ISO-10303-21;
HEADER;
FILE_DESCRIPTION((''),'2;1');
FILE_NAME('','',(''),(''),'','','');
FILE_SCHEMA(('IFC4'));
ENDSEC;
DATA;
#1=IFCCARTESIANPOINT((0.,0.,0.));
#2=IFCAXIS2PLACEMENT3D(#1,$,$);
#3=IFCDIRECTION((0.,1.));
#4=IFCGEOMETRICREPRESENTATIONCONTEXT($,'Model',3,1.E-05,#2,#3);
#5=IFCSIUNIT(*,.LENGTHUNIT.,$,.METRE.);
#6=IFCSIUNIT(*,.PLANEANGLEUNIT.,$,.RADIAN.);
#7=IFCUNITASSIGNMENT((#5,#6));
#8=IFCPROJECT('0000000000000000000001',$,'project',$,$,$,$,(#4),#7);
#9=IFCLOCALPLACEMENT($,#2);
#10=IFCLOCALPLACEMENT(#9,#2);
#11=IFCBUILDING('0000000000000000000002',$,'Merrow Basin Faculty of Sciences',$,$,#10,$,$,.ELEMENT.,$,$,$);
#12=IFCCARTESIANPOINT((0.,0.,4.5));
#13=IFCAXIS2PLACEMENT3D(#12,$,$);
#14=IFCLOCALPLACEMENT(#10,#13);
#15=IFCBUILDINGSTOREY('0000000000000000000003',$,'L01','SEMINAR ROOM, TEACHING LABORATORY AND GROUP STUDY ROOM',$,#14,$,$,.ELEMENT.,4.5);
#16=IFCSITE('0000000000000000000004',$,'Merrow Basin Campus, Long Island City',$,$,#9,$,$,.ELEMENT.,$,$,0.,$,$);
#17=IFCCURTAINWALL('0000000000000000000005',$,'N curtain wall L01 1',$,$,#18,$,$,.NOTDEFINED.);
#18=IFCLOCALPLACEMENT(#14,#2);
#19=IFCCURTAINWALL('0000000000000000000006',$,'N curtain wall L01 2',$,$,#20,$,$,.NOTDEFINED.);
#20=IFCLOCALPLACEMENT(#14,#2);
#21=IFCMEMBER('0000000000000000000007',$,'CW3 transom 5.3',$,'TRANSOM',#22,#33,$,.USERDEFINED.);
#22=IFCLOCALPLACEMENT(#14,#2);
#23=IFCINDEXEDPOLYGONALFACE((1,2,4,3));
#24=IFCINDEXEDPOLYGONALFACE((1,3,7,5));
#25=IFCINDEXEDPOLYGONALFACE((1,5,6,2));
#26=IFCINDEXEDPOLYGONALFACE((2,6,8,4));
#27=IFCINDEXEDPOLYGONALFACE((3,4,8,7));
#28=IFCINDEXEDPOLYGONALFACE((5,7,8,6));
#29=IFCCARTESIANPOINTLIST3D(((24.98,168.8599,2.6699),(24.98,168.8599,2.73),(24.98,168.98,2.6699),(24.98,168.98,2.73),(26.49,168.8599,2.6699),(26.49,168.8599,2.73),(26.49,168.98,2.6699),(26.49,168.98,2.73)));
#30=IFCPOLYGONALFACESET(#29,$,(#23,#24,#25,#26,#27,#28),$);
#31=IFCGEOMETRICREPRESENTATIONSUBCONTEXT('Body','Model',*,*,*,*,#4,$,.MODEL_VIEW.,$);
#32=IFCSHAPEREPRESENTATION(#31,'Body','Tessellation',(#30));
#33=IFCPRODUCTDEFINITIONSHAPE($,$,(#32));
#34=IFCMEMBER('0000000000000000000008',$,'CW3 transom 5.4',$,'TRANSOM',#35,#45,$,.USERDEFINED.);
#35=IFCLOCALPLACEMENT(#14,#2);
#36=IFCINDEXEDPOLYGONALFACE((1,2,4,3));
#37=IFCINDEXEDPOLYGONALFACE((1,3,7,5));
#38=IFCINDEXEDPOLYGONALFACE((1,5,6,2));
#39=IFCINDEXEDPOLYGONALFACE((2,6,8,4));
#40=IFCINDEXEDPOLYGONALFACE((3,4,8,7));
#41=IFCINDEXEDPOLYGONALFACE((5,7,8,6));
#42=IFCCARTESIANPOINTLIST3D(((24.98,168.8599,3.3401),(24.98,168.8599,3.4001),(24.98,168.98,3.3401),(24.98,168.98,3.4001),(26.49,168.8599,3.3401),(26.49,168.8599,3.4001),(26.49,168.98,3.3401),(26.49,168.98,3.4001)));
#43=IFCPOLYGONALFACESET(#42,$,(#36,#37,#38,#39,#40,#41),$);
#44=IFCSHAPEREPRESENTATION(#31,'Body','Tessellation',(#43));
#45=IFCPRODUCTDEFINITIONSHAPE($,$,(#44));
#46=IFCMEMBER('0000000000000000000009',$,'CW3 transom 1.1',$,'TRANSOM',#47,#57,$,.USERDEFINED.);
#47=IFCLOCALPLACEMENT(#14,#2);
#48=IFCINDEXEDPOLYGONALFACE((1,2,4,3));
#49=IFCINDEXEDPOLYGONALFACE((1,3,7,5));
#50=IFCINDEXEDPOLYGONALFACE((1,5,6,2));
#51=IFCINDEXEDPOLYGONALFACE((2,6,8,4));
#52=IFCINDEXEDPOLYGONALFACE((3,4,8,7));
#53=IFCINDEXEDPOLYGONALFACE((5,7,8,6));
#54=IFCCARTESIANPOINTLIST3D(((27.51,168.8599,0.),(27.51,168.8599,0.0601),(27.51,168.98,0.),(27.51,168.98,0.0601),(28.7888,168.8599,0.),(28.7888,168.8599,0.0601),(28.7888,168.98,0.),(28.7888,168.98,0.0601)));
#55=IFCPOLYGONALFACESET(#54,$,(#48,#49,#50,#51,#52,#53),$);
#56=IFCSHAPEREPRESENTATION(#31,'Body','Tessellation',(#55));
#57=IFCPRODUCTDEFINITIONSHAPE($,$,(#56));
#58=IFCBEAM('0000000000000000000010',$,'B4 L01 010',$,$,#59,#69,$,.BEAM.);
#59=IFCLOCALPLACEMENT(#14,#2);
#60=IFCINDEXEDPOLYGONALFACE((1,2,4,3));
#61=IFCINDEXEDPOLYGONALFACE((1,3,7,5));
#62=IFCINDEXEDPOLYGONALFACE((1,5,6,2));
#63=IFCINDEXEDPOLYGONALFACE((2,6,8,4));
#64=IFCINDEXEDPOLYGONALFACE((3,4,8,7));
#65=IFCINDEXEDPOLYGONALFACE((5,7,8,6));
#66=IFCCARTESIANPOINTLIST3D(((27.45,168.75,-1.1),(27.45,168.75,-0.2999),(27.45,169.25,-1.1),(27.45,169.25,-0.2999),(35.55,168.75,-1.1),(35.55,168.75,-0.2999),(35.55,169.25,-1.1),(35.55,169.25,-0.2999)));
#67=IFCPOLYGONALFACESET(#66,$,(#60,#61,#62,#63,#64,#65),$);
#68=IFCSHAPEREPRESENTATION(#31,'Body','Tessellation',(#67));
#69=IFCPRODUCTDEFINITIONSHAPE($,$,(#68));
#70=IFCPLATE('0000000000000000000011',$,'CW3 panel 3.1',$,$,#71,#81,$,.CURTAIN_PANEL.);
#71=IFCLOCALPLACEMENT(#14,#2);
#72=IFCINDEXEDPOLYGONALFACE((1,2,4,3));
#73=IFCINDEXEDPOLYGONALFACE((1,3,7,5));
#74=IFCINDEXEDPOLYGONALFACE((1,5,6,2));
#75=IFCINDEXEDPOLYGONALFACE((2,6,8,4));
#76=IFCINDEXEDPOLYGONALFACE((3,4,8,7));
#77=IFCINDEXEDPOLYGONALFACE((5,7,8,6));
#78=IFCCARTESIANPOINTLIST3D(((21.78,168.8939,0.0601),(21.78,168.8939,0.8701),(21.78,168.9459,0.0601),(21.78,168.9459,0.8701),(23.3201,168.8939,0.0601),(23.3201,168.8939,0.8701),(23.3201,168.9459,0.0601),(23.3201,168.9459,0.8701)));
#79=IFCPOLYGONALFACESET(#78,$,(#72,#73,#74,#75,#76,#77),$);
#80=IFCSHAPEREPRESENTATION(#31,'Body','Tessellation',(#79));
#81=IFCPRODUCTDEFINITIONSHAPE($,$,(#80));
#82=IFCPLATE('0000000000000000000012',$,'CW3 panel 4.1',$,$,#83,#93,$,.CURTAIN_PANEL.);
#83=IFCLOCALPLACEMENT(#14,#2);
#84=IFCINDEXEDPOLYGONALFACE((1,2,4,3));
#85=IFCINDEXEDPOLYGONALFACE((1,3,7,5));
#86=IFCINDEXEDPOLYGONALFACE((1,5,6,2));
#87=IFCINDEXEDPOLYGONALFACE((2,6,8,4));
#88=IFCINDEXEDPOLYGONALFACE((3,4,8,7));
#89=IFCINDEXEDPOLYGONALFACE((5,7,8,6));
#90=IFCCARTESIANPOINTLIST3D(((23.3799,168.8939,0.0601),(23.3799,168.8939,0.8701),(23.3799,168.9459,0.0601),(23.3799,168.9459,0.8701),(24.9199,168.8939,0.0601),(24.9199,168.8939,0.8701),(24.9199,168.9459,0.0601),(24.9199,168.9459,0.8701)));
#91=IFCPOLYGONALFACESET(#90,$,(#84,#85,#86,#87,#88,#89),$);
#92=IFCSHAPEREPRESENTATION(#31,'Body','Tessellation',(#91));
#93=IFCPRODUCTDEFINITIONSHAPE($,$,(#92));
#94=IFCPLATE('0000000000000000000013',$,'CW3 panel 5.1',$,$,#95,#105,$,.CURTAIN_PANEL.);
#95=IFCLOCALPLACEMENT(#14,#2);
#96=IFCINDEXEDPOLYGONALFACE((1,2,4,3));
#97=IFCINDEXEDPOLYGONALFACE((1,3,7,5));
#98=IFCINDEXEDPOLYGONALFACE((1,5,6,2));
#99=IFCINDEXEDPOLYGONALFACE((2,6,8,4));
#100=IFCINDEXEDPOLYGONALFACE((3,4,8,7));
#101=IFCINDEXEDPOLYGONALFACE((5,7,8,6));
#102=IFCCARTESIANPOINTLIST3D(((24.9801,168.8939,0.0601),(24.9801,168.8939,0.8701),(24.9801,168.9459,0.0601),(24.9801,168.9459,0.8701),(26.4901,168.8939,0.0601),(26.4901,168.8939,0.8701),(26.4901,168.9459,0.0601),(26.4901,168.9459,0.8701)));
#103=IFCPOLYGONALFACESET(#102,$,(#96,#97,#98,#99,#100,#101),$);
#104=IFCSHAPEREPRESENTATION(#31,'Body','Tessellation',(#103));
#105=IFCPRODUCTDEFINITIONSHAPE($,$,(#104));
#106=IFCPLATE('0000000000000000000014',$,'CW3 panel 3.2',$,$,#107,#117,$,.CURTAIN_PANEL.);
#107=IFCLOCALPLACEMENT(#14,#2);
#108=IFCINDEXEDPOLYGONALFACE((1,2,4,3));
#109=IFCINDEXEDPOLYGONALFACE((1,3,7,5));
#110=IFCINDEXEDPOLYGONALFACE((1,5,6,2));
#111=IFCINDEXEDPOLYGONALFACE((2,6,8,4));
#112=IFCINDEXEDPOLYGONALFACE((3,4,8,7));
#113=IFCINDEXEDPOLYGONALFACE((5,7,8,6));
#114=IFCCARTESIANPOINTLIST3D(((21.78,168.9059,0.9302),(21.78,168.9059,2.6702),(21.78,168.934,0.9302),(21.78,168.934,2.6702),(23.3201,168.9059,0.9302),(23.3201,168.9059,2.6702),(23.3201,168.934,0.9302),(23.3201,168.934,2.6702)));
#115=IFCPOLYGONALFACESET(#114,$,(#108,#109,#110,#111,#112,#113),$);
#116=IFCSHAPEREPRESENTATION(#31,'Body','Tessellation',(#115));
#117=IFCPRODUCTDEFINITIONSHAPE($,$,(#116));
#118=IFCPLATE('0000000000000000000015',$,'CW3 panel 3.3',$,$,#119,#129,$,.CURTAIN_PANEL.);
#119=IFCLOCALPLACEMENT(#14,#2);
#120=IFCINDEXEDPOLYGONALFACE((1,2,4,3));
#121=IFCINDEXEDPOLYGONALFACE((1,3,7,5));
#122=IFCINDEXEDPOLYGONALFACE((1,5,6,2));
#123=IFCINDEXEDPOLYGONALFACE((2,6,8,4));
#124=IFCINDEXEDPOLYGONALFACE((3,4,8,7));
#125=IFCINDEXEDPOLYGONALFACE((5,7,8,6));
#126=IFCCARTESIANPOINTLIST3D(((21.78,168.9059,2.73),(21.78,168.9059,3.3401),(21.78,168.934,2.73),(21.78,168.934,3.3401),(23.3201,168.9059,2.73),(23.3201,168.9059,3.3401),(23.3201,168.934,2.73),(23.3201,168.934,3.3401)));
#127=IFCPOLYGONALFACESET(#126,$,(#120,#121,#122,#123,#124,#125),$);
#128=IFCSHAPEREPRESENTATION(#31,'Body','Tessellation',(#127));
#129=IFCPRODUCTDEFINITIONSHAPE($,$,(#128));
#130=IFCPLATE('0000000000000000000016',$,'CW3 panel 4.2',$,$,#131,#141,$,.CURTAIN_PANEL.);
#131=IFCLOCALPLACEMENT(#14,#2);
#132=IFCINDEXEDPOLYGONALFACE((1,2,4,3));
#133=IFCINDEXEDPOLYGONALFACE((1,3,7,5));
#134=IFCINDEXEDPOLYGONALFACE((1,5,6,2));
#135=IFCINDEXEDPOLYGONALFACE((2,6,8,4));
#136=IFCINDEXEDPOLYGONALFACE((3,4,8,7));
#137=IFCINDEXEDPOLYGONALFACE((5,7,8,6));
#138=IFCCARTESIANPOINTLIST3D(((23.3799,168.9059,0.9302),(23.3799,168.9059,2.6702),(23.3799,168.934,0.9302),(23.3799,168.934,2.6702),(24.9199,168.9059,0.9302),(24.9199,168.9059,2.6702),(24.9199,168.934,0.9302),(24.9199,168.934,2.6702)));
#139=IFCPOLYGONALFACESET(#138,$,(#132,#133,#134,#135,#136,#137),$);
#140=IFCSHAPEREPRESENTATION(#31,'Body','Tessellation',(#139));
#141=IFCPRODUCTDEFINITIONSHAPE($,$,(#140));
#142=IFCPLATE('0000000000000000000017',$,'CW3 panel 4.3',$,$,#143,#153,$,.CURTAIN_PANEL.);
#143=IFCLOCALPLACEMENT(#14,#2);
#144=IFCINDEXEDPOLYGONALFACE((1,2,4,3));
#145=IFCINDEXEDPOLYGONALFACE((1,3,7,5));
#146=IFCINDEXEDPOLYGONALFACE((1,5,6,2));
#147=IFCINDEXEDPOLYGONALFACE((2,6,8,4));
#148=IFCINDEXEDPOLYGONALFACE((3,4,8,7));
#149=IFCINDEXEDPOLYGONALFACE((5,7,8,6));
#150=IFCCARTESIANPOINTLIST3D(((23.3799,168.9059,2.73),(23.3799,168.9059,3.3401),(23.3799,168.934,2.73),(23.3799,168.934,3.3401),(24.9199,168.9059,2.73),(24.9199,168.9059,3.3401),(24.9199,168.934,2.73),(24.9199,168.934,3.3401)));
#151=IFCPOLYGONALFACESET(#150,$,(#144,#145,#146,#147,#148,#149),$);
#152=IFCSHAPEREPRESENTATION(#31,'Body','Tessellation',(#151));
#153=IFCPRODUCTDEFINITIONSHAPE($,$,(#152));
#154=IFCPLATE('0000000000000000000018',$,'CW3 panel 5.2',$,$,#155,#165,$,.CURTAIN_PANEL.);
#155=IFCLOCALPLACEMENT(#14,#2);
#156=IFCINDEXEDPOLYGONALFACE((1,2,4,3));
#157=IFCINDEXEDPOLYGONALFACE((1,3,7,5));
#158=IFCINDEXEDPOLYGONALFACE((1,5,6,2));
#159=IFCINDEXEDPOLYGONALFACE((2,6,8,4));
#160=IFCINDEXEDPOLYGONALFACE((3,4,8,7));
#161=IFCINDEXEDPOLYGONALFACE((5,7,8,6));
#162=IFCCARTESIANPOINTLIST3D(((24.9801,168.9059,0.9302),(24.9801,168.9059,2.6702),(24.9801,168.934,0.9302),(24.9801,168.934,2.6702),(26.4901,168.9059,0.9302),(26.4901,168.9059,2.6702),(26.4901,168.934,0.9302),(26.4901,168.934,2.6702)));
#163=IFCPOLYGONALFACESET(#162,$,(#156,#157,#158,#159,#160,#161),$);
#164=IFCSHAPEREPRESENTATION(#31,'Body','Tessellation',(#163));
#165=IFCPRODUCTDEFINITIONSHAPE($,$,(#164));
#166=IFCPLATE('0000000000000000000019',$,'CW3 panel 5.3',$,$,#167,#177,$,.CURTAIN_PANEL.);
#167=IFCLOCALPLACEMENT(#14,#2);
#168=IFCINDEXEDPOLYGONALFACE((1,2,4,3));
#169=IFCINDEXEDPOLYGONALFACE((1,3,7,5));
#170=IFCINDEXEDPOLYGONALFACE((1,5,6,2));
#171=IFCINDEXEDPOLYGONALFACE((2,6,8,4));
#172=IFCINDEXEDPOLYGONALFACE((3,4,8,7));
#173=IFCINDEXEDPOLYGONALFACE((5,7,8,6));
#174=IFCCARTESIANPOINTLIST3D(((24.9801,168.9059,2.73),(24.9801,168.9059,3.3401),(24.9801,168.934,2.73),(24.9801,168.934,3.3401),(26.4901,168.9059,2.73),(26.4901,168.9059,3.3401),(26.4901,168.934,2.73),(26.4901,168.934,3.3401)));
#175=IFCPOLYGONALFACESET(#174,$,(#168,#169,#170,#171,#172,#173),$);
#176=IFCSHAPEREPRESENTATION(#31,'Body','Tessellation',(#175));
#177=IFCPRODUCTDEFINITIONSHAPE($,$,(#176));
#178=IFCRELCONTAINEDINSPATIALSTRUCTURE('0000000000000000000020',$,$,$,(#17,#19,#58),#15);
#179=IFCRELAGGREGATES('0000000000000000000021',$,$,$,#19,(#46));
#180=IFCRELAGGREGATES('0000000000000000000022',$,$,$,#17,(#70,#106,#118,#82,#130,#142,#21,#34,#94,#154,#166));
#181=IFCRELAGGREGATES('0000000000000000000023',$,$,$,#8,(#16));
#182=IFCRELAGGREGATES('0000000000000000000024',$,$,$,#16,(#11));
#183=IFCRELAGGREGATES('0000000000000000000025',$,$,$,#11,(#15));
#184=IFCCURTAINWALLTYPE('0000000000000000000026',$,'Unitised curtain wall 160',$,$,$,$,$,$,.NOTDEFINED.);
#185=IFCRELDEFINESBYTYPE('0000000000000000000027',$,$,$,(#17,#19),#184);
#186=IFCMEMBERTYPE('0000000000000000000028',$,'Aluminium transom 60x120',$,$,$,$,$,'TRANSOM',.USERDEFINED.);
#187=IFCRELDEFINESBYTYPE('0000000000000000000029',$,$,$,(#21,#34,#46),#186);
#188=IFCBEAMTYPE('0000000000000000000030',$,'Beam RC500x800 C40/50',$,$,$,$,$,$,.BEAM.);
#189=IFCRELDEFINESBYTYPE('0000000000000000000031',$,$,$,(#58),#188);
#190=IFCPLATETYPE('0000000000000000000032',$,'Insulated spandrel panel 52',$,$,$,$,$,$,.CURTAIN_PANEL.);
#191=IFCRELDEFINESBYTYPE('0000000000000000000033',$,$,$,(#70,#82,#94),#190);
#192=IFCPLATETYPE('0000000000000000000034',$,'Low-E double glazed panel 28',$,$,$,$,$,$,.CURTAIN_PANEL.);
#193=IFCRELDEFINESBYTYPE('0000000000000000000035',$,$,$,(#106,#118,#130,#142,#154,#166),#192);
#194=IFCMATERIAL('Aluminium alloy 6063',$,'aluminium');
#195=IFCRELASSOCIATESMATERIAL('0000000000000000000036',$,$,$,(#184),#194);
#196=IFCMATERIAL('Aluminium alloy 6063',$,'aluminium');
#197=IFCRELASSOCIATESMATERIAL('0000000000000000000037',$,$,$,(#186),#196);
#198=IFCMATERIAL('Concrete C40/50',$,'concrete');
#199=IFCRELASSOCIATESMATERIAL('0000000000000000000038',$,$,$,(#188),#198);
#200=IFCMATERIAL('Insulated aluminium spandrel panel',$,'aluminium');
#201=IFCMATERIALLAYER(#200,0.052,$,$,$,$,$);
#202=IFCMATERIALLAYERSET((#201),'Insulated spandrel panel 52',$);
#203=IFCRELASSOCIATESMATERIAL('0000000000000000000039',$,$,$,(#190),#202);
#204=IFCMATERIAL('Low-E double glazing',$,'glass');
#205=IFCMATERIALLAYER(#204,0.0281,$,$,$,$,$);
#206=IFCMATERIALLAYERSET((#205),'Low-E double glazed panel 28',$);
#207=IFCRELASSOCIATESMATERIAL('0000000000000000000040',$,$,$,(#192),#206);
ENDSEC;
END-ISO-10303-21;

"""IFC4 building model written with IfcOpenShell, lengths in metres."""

from ifc_helpers import new_model, si_unit, direction, frame, origin, origin_2d, place, context, subcontext, project, spatial, rectangle, extrude, material, layer, layer_set, material_profile, profile_set, type_object, element, aggregate, save


model = new_model("IFC4")

# Units and contexts
model_context = context("Model", 3, precision=1e-05, world=origin(), true_north=direction((0.0, 1.0)))
body_context = subcontext(model_context, "Body", "Model", "MODEL_VIEW")
ifc_project = project(units=[si_unit("LENGTHUNIT", "METRE"), si_unit("PLANEANGLEUNIT", "RADIAN")], contexts=[model_context])

# Site, building, storey
site_placement = place(None, origin())
site = spatial("IfcSite", under=ifc_project, at=site_placement, Name="Merrow Basin Campus, Long Island City", CompositionType="ELEMENT", RefElevation=0.0)
building_placement = place(site_placement, origin())
building = spatial("IfcBuilding", under=site, at=building_placement, Name="Merrow Basin Faculty of Sciences", CompositionType="ELEMENT")
storey_placement = place(building_placement, frame((0.0, 0.0, 4.5)))
storey = spatial("IfcBuildingStorey", under=building, at=storey_placement, Name="L01", Description="SEMINAR ROOM, TEACHING LABORATORY AND GROUP STUDY ROOM", CompositionType="ELEMENT", Elevation=4.5)

# Curtain wall
ifc_material_1 = material(Name="Aluminium alloy 6063", Category="aluminium")
curtain_wall_type = type_object("IfcCurtainWallType", Name="Unitised curtain wall 160", PredefinedType="NOTDEFINED", material=ifc_material_1)
curtain_wall_1_placement = place(storey_placement, origin())
curtain_wall_1 = element("IfcCurtainWall", 1, at=curtain_wall_1_placement, inside=storey, type_object=curtain_wall_type, Name="N curtain wall L01 1", PredefinedType="NOTDEFINED")

# Curtain wall
curtain_wall_2_placement = place(storey_placement, origin())
curtain_wall_2 = element("IfcCurtainWall", 2, at=curtain_wall_2_placement, inside=storey, type_object=curtain_wall_type, Name="N curtain wall L01 2", PredefinedType="NOTDEFINED")

# Members
ifc_material_2 = material(Name="Aluminium alloy 6063", Category="aluminium")
ifc_material_profile_1 = material_profile(ifc_material_2, rectangle(XDim=0.1201, YDim=0.0601, at=origin_2d()))
ifc_profile_set_1 = profile_set([ifc_material_profile_1], Name="Aluminium alloy 6063")
member_type_1 = type_object("IfcMemberType", Name="Aluminium transom 60x120", ElementType="TRANSOM", PredefinedType="USERDEFINED", material=ifc_profile_set_1)
member_1_placement = place(storey_placement, frame((24.98, 168.9199, 2.7), z_axis=(1.0, 0.0, 0.0), x_axis=(0.0, 1.0, 0.0)))
member_1 = element("IfcMember", 3, at=member_1_placement, type_object=member_type_1, Name="CW3 transom 5.3", ObjectType="TRANSOM", PredefinedType="USERDEFINED", context=body_context, shape_type="SweptSolid", body=[
    extrude(rectangle(XDim=0.1201, YDim=0.0601, at=origin_2d()), origin(), (0.0, 0.0, 1.0), 1.51),
])
member_2_placement = place(storey_placement, frame((24.98, 168.9199, 3.3701), z_axis=(1.0, 0.0, 0.0), x_axis=(0.0, 1.0, 0.0)))
member_2 = element("IfcMember", 4, at=member_2_placement, type_object=member_type_1, Name="CW3 transom 5.4", ObjectType="TRANSOM", PredefinedType="USERDEFINED", context=body_context, shape_type="SweptSolid", body=[
    extrude(rectangle(XDim=0.1201, YDim=0.0601, at=origin_2d()), origin(), (0.0, 0.0, 1.0), 1.51),
])
member_3_placement = place(storey_placement, frame((27.51, 168.9199, 0.03), z_axis=(1.0, 0.0, 0.0), x_axis=(0.0, 1.0, 0.0)))
member_3 = element("IfcMember", 5, at=member_3_placement, type_object=member_type_1, Name="CW3 transom 1.1", ObjectType="TRANSOM", PredefinedType="USERDEFINED", context=body_context, shape_type="SweptSolid", body=[
    extrude(rectangle(XDim=0.1201, YDim=0.0601, at=origin_2d()), origin(), (0.0, 0.0, 1.0), 1.2788),
])
aggregate(curtain_wall_2, [member_3])

# Beam
ifc_material_3 = material(Name="Concrete C40/50", Category="concrete")
ifc_material_profile_2 = material_profile(ifc_material_3, rectangle(XDim=0.5, YDim=0.8, at=origin_2d()))
ifc_profile_set_2 = profile_set([ifc_material_profile_2], Name="Concrete C40/50")
beam_type = type_object("IfcBeamType", Name="Beam RC500x800 C40/50", PredefinedType="BEAM", material=ifc_profile_set_2)
beam_placement = place(storey_placement, frame((27.45, 169.0, -0.7), z_axis=(1.0, 0.0, 0.0), x_axis=(0.0, 1.0, 0.0)))
element("IfcBeam", 6, at=beam_placement, inside=storey, type_object=beam_type, Name="B4 L01 010", PredefinedType="BEAM", context=body_context, shape_type="SweptSolid", body=[
    extrude(rectangle(XDim=0.5, YDim=0.8, at=origin_2d()), origin(), (0.0, 0.0, 1.0), 8.1001),
])

# Plates
ifc_material_4 = material(Name="Insulated aluminium spandrel panel", Category="aluminium")
ifc_layer_1 = layer(ifc_material_4, 0.052)
ifc_layer_set_1 = layer_set([ifc_layer_1], Name="Insulated spandrel panel 52")
plate_type_1 = type_object("IfcPlateType", Name="Insulated spandrel panel 52", PredefinedType="CURTAIN_PANEL", material=ifc_layer_set_1)
plate_1_placement = place(storey_placement, frame((22.55, 168.9199, 0.0601), z_axis=(0.0, 0.0, 1.0), x_axis=(1.0, 0.0, 0.0)))
plate_1 = element("IfcPlate", 7, at=plate_1_placement, type_object=plate_type_1, Name="CW3 panel 3.1", PredefinedType="CURTAIN_PANEL", context=body_context, shape_type="SweptSolid", body=[
    extrude(rectangle(XDim=1.54, YDim=0.052, at=origin_2d()), origin(), (0.0, 0.0, 1.0), 0.8101),
])
plate_2_placement = place(storey_placement, frame((24.1499, 168.9199, 0.0601), z_axis=(0.0, 0.0, 1.0), x_axis=(1.0, 0.0, 0.0)))
plate_2 = element("IfcPlate", 8, at=plate_2_placement, type_object=plate_type_1, Name="CW3 panel 4.1", PredefinedType="CURTAIN_PANEL", context=body_context, shape_type="SweptSolid", body=[
    extrude(rectangle(XDim=1.54, YDim=0.052, at=origin_2d()), origin(), (0.0, 0.0, 1.0), 0.8101),
])
plate_3_placement = place(storey_placement, frame((25.7351, 168.9199, 0.0601), z_axis=(0.0, 0.0, 1.0), x_axis=(1.0, 0.0, 0.0)))
plate_3 = element("IfcPlate", 9, at=plate_3_placement, type_object=plate_type_1, Name="CW3 panel 5.1", PredefinedType="CURTAIN_PANEL", context=body_context, shape_type="SweptSolid", body=[
    extrude(rectangle(XDim=1.51, YDim=0.052, at=origin_2d()), origin(), (0.0, 0.0, 1.0), 0.8101),
])
ifc_material_5 = material(Name="Low-E double glazing", Category="glass")
ifc_layer_2 = layer(ifc_material_5, 0.0281)
ifc_layer_set_2 = layer_set([ifc_layer_2], Name="Low-E double glazed panel 28")
plate_type_2 = type_object("IfcPlateType", Name="Low-E double glazed panel 28", PredefinedType="CURTAIN_PANEL", material=ifc_layer_set_2)
plate_4_placement = place(storey_placement, frame((22.55, 168.9199, 0.9302), z_axis=(0.0, 0.0, 1.0), x_axis=(1.0, 0.0, 0.0)))
plate_4 = element("IfcPlate", 10, at=plate_4_placement, type_object=plate_type_2, Name="CW3 panel 3.2", PredefinedType="CURTAIN_PANEL", context=body_context, shape_type="SweptSolid", body=[
    extrude(rectangle(XDim=1.54, YDim=0.0281, at=origin_2d()), origin(), (0.0, 0.0, 1.0), 1.74),
])
plate_5_placement = place(storey_placement, frame((22.55, 168.9199, 2.73), z_axis=(0.0, 0.0, 1.0), x_axis=(1.0, 0.0, 0.0)))
plate_5 = element("IfcPlate", 11, at=plate_5_placement, type_object=plate_type_2, Name="CW3 panel 3.3", PredefinedType="CURTAIN_PANEL", context=body_context, shape_type="SweptSolid", body=[
    extrude(rectangle(XDim=1.54, YDim=0.0281, at=origin_2d()), origin(), (0.0, 0.0, 1.0), 0.6101),
])
plate_6_placement = place(storey_placement, frame((24.1499, 168.9199, 0.9302), z_axis=(0.0, 0.0, 1.0), x_axis=(1.0, 0.0, 0.0)))
plate_6 = element("IfcPlate", 12, at=plate_6_placement, type_object=plate_type_2, Name="CW3 panel 4.2", PredefinedType="CURTAIN_PANEL", context=body_context, shape_type="SweptSolid", body=[
    extrude(rectangle(XDim=1.54, YDim=0.0281, at=origin_2d()), origin(), (0.0, 0.0, 1.0), 1.74),
])
plate_7_placement = place(storey_placement, frame((24.1499, 168.9199, 2.73), z_axis=(0.0, 0.0, 1.0), x_axis=(1.0, 0.0, 0.0)))
plate_7 = element("IfcPlate", 13, at=plate_7_placement, type_object=plate_type_2, Name="CW3 panel 4.3", PredefinedType="CURTAIN_PANEL", context=body_context, shape_type="SweptSolid", body=[
    extrude(rectangle(XDim=1.54, YDim=0.0281, at=origin_2d()), origin(), (0.0, 0.0, 1.0), 0.6101),
])
plate_8_placement = place(storey_placement, frame((25.7351, 168.9199, 0.9302), z_axis=(0.0, 0.0, 1.0), x_axis=(1.0, 0.0, 0.0)))
plate_8 = element("IfcPlate", 14, at=plate_8_placement, type_object=plate_type_2, Name="CW3 panel 5.2", PredefinedType="CURTAIN_PANEL", context=body_context, shape_type="SweptSolid", body=[
    extrude(rectangle(XDim=1.51, YDim=0.0281, at=origin_2d()), origin(), (0.0, 0.0, 1.0), 1.74),
])
plate_9_placement = place(storey_placement, frame((25.7351, 168.9199, 2.73), z_axis=(0.0, 0.0, 1.0), x_axis=(1.0, 0.0, 0.0)))
plate_9 = element("IfcPlate", 15, at=plate_9_placement, type_object=plate_type_2, Name="CW3 panel 5.3", PredefinedType="CURTAIN_PANEL", context=body_context, shape_type="SweptSolid", body=[
    extrude(rectangle(XDim=1.51, YDim=0.0281, at=origin_2d()), origin(), (0.0, 0.0, 1.0), 0.6101),
])
aggregate(curtain_wall_1, [plate_1, plate_4, plate_5, plate_2, plate_6, plate_7, member_1, member_2, plate_3, plate_8, plate_9])

save(model, "model.ifc")
